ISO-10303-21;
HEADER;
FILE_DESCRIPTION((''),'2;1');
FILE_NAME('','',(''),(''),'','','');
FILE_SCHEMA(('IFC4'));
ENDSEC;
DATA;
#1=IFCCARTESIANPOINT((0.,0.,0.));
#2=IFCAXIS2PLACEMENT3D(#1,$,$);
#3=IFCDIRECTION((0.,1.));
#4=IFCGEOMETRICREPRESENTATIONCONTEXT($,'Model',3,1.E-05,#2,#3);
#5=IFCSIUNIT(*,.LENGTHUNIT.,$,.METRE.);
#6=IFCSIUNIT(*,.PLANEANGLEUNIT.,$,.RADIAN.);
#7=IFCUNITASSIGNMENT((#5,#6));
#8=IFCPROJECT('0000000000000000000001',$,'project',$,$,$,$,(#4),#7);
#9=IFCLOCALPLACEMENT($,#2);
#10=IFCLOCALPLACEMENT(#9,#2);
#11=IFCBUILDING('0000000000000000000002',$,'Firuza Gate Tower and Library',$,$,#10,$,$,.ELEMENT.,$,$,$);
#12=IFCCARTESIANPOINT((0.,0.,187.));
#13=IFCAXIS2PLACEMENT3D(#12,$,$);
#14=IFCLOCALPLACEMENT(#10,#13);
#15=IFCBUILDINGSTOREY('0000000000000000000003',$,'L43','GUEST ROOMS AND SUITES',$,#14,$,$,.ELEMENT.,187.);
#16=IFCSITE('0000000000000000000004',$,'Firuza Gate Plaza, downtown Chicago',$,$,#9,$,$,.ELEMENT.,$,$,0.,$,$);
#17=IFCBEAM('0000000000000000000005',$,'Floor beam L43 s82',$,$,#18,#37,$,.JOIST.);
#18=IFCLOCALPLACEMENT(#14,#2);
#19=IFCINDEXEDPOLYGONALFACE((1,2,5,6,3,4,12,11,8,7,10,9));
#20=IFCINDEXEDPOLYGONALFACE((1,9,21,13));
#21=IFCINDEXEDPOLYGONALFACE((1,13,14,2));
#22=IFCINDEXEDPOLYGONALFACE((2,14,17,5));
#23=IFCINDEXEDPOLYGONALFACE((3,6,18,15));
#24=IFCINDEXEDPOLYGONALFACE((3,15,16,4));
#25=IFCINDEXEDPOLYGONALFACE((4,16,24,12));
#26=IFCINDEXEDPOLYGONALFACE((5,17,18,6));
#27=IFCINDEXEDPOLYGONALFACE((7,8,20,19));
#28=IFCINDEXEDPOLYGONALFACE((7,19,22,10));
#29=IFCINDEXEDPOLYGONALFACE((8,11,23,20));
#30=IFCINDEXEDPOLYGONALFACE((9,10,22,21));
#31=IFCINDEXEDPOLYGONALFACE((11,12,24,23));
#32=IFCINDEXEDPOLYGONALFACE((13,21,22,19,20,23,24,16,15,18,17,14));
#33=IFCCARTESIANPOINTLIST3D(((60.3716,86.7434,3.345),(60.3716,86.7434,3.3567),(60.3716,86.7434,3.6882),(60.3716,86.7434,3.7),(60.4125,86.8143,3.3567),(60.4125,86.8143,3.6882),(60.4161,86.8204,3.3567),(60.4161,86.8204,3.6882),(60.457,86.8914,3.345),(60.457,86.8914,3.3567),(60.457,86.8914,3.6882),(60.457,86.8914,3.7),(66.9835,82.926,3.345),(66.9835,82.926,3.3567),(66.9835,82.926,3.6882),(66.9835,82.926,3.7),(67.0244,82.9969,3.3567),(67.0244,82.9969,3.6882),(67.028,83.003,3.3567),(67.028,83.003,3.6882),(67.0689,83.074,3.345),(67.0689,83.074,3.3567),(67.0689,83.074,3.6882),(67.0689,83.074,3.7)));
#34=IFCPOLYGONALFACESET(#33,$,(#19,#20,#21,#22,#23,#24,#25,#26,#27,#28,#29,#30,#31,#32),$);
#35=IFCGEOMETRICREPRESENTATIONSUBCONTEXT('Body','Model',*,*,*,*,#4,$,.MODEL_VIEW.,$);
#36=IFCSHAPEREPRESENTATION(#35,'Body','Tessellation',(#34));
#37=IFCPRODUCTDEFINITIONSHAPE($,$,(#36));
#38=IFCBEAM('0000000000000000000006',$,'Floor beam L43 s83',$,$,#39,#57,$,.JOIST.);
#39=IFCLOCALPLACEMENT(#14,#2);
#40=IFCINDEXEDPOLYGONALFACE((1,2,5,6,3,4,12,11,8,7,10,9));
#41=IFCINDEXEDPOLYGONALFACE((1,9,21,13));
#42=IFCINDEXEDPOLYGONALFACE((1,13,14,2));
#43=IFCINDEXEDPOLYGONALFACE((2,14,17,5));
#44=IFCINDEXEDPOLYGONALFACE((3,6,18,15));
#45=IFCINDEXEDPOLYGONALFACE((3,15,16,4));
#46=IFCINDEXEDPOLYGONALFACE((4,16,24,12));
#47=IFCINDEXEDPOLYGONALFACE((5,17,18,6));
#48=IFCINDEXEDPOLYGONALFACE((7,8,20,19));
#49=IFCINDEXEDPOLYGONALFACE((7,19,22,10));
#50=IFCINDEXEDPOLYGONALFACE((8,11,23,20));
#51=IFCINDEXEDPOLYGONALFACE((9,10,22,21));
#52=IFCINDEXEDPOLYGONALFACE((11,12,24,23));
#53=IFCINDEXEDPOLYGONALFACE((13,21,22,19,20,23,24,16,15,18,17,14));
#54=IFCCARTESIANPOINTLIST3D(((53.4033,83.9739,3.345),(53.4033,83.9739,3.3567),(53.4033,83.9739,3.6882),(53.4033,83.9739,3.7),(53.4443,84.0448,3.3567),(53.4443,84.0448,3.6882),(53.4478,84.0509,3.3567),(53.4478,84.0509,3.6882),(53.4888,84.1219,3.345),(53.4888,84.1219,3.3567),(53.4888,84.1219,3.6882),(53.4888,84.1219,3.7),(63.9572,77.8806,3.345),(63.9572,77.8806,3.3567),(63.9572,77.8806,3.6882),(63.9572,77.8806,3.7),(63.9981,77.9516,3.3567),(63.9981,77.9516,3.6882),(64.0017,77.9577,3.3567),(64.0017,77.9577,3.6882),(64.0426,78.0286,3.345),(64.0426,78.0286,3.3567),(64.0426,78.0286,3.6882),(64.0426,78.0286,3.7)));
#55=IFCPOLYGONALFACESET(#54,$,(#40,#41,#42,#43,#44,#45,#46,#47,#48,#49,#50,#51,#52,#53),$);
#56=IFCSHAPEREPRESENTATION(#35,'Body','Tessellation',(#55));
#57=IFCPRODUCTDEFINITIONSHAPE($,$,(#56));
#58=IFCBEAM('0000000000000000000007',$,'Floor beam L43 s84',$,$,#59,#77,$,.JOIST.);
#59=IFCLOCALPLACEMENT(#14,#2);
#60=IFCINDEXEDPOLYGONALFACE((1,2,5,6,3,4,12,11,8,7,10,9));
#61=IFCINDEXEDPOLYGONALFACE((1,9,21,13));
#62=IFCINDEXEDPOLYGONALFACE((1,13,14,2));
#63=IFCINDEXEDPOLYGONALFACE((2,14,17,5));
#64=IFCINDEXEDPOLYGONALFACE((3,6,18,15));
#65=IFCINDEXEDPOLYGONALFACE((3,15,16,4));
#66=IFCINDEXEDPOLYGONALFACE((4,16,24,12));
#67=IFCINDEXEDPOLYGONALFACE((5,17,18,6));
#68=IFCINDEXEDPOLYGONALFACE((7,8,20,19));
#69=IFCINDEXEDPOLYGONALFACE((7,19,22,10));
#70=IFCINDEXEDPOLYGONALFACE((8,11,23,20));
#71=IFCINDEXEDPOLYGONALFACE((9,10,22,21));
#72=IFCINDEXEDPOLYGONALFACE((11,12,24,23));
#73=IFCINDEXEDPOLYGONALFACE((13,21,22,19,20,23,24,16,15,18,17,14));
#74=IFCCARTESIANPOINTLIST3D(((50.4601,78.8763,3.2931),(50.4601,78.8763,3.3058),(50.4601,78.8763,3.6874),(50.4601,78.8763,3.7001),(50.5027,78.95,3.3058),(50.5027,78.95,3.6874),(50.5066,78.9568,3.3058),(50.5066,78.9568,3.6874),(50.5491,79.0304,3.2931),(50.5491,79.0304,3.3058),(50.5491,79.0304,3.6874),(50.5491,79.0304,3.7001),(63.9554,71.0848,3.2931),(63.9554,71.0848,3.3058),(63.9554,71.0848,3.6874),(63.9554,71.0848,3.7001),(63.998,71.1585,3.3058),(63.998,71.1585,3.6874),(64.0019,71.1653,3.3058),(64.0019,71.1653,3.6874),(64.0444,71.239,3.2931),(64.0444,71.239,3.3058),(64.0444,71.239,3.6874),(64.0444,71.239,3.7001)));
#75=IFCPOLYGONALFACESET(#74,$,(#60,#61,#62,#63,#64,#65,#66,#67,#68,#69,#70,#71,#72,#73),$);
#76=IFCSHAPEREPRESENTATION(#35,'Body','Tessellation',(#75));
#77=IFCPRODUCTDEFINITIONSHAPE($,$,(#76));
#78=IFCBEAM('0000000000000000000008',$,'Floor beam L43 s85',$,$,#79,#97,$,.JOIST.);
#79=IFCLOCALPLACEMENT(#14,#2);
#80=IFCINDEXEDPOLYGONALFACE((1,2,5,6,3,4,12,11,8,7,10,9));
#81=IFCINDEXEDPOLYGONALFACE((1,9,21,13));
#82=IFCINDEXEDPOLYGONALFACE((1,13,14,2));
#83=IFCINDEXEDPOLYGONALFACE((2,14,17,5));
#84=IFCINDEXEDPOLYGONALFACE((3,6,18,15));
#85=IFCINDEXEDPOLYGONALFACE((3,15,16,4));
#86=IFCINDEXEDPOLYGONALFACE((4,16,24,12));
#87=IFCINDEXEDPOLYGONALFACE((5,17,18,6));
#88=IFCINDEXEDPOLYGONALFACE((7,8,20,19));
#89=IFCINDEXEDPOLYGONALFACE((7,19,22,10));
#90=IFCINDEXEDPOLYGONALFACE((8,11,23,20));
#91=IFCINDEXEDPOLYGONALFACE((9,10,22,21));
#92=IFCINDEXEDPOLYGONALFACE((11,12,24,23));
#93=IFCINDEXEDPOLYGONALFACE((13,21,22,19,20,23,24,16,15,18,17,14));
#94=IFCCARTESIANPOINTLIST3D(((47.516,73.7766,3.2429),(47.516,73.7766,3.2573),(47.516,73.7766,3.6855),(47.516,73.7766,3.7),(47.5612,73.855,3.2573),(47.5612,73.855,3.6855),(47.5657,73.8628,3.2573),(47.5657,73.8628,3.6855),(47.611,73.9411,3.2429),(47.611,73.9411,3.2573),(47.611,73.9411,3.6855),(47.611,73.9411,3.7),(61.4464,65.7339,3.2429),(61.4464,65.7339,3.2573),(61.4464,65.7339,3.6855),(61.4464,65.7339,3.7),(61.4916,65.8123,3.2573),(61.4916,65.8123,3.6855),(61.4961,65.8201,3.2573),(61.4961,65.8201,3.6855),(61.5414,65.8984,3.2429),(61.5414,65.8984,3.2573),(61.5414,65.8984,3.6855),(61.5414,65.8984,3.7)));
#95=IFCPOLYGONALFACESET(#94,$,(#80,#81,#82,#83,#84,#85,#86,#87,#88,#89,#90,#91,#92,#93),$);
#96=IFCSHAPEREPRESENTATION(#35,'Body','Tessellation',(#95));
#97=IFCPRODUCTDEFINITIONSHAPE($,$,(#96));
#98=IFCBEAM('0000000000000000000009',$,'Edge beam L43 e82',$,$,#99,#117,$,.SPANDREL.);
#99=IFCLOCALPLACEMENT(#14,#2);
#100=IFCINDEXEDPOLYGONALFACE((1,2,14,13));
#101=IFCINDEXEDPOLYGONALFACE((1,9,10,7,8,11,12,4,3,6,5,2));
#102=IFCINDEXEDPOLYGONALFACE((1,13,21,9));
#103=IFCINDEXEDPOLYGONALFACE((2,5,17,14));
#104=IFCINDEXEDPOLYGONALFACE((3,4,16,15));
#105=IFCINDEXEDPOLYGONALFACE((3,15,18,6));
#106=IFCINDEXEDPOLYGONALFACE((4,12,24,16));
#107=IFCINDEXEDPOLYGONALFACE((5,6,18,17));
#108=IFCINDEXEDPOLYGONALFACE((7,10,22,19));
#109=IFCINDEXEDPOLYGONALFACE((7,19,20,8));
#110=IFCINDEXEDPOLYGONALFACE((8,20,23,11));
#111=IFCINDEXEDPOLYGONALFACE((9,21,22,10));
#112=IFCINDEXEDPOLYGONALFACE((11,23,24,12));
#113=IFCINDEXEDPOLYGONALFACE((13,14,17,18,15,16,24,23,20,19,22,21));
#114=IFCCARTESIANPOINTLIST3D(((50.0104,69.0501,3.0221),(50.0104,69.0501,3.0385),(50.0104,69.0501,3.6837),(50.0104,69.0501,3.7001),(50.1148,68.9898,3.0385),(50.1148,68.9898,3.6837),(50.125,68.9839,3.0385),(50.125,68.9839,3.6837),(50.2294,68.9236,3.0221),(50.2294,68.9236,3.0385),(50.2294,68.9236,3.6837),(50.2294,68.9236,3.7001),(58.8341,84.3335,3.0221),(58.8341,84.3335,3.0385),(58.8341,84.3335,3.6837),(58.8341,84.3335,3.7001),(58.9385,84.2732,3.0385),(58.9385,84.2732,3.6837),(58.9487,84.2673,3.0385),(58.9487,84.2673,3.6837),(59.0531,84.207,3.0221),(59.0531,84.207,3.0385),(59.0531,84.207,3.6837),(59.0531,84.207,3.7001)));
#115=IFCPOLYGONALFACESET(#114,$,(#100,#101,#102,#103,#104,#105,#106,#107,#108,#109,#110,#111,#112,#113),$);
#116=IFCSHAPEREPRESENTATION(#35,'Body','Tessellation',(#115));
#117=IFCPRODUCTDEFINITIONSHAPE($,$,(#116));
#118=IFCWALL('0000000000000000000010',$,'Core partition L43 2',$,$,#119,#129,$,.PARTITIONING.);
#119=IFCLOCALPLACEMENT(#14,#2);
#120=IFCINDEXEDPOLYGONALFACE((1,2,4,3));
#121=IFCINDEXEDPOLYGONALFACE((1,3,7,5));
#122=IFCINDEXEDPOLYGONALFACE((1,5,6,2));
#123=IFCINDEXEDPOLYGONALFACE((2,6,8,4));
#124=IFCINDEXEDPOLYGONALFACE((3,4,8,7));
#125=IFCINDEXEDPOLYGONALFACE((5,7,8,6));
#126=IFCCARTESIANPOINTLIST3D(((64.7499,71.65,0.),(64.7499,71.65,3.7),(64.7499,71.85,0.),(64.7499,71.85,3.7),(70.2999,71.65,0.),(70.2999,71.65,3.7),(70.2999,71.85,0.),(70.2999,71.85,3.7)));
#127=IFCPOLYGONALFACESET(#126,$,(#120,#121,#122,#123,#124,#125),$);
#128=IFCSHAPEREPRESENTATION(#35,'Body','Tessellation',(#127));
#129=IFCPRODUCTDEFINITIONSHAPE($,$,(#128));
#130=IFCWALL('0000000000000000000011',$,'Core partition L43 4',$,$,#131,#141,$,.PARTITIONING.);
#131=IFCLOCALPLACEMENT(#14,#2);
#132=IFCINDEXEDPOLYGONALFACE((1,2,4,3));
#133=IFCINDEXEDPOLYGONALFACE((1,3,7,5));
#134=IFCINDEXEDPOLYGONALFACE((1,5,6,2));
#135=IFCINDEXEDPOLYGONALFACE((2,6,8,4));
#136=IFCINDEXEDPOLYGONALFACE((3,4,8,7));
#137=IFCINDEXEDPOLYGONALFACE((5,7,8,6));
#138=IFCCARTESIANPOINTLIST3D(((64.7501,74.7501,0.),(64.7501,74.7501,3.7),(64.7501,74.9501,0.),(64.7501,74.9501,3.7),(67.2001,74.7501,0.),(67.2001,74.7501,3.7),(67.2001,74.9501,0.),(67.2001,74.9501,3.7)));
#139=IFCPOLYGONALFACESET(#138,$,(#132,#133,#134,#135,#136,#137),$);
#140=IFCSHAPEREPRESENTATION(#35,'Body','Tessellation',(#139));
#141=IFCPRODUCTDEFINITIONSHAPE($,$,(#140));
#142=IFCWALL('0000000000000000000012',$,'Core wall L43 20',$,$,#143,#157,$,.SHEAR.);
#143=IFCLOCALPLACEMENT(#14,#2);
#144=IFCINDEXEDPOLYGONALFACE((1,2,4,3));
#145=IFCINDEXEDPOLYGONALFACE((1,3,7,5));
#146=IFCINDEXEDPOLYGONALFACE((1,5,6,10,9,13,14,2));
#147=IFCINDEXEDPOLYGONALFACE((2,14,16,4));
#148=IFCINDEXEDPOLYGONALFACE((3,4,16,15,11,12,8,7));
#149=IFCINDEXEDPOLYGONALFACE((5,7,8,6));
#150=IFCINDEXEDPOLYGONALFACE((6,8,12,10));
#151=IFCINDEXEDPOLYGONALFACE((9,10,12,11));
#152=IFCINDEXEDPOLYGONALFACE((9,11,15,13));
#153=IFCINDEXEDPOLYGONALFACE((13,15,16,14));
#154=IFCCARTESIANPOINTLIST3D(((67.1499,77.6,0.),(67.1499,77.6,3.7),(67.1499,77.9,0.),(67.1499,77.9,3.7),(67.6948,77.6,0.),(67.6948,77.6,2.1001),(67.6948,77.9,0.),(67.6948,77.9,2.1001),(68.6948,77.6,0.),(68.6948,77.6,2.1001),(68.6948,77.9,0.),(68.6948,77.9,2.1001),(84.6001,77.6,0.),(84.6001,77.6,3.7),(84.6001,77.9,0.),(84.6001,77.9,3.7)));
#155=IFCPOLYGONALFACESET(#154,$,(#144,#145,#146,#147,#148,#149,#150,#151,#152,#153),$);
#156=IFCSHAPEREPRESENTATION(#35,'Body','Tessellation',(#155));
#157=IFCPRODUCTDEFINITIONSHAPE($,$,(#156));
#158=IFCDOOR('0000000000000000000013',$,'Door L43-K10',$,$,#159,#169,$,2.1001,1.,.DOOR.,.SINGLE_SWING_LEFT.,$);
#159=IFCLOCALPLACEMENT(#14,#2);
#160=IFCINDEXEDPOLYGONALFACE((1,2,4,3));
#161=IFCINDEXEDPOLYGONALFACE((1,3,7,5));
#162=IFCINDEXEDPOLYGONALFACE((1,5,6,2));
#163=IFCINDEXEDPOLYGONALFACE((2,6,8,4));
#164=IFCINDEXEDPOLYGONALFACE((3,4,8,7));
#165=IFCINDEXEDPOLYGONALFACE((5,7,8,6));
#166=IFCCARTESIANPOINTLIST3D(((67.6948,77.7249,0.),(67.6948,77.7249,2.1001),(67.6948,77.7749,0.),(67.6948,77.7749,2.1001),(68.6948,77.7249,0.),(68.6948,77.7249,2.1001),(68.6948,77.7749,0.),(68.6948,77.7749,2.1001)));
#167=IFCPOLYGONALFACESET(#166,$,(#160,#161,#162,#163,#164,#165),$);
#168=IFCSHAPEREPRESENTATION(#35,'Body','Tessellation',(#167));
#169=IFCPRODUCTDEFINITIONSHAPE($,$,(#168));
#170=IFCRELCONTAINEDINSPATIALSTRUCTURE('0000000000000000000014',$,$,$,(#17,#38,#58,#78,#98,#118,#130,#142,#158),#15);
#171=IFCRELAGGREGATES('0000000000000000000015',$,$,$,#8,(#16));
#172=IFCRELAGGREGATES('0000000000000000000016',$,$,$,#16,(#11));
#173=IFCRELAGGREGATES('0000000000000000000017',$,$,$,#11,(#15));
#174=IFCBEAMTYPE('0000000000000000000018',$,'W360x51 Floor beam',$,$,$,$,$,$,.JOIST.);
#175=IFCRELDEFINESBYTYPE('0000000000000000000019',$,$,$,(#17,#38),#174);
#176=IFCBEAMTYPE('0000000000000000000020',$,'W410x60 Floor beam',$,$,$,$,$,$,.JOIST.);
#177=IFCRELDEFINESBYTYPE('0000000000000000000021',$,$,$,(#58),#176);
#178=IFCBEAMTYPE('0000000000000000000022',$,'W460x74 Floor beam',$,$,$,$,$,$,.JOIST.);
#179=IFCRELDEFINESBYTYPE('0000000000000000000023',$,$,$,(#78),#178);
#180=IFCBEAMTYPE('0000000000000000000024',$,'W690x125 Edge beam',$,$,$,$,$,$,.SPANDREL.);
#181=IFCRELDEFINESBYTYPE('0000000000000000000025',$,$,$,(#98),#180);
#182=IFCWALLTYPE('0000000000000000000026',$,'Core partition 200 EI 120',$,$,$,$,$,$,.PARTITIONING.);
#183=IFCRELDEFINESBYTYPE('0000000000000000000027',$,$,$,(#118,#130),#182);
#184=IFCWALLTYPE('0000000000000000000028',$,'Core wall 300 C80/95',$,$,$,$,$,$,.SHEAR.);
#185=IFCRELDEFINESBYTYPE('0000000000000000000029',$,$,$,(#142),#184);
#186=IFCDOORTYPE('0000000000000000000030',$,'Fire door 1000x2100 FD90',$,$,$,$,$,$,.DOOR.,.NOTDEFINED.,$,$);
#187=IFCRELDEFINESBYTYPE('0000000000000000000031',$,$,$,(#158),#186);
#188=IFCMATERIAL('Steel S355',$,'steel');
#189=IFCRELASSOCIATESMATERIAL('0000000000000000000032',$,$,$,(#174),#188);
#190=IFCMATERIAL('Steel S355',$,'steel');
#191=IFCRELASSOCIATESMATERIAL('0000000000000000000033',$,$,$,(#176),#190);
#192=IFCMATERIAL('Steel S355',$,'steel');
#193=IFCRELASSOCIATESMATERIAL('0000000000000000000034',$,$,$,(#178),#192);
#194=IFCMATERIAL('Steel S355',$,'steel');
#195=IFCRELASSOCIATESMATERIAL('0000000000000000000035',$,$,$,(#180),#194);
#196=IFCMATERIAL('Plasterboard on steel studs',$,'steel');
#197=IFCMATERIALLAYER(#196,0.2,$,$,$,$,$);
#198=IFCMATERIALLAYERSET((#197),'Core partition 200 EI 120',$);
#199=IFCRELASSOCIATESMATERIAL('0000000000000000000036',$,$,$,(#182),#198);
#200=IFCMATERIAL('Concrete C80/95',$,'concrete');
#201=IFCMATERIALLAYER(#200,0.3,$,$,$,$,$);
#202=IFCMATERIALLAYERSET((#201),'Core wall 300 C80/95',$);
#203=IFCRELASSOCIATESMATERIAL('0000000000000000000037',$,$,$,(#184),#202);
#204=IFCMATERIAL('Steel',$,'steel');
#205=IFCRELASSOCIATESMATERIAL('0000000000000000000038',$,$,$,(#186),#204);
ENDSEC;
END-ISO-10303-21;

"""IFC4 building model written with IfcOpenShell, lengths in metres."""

from ifc_helpers import new_model, si_unit, direction, frame, frame_2d, origin, origin_2d, place, context, subcontext, project, spatial, rectangle, i_section, extrude, material, layer, layer_set, material_profile, profile_set, type_object, element, fill, save


model = new_model("IFC4")

# Units and contexts
model_context = context("Model", 3, precision=1e-05, world=origin(), true_north=direction((0.0, 1.0)))
body_context = subcontext(model_context, "Body", "Model", "MODEL_VIEW")
ifc_project = project(units=[si_unit("LENGTHUNIT", "METRE"), si_unit("PLANEANGLEUNIT", "RADIAN")], contexts=[model_context])

# Site, building, storey
site_placement = place(None, origin())
site = spatial("IfcSite", under=ifc_project, at=site_placement, Name="Firuza Gate Plaza, downtown Chicago", CompositionType="ELEMENT", RefElevation=0.0)
building_placement = place(site_placement, origin())
building = spatial("IfcBuilding", under=site, at=building_placement, Name="Firuza Gate Tower and Library", CompositionType="ELEMENT")
storey_placement = place(building_placement, frame((0.0, 0.0, 187.0)))
storey = spatial("IfcBuildingStorey", under=building, at=storey_placement, Name="L43", Description="GUEST ROOMS AND SUITES", CompositionType="ELEMENT", Elevation=187.0)

# Beams
ifc_material_1 = material(Name="Steel S355", Category="steel")
ifc_material_profile_1 = material_profile(ifc_material_1, i_section(OverallWidth=0.1709, OverallDepth=0.355, WebThickness=0.0071, FlangeThickness=0.0117, at=origin_2d()))
ifc_profile_set_1 = profile_set([ifc_material_profile_1], Name="Steel S355")
beam_type_1 = type_object("IfcBeamType", Name="W360x51 Floor beam", PredefinedType="JOIST", material=ifc_profile_set_1)
beam_1_placement = place(storey_placement, frame((60.4143, 86.8174, 3.5225), z_axis=(0.866023, -0.500005, 0.0), x_axis=(0.500005, 0.866023, 0.0)))
element("IfcBeam", 1, at=beam_1_placement, inside=storey, type_object=beam_type_1, Name="Floor beam L43 s82", PredefinedType="JOIST", context=body_context, shape_type="SweptSolid", body=[
    extrude(i_section(OverallWidth=0.1709, OverallDepth=0.355, WebThickness=0.0071, FlangeThickness=0.0117, at=origin_2d()), origin(), (0.0, 0.0, 1.0), 7.6348),
])
beam_2_placement = place(storey_placement, frame((53.446, 84.0479, 3.5225), z_axis=(0.866028, -0.499996, 0.0), x_axis=(0.499996, 0.866028, 0.0)))
element("IfcBeam", 2, at=beam_2_placement, inside=storey, type_object=beam_type_1, Name="Floor beam L43 s83", PredefinedType="JOIST", context=body_context, shape_type="SweptSolid", body=[
    extrude(i_section(OverallWidth=0.1709, OverallDepth=0.355, WebThickness=0.0071, FlangeThickness=0.0117, at=origin_2d()), origin(), (0.0, 0.0, 1.0), 12.1865),
])
ifc_material_2 = material(Name="Steel S355", Category="steel")
ifc_material_profile_2 = material_profile(ifc_material_2, i_section(OverallWidth=0.178, OverallDepth=0.407, WebThickness=0.0078, FlangeThickness=0.0127, at=origin_2d()))
ifc_profile_set_2 = profile_set([ifc_material_profile_2], Name="Steel S355")
beam_type_2 = type_object("IfcBeamType", Name="W410x60 Floor beam", PredefinedType="JOIST", material=ifc_profile_set_2)
beam_3_placement = place(storey_placement, frame((50.5046, 78.9534, 3.4966), z_axis=(0.866027, -0.499998, 0.0), x_axis=(0.499998, 0.866027, 0.0)))
element("IfcBeam", 3, at=beam_3_placement, inside=storey, type_object=beam_type_2, Name="Floor beam L43 s84", PredefinedType="JOIST", context=body_context, shape_type="SweptSolid", body=[
    extrude(i_section(OverallWidth=0.178, OverallDepth=0.407, WebThickness=0.0078, FlangeThickness=0.0127, at=origin_2d()), origin(), (0.0, 0.0, 1.0), 15.583),
])
ifc_material_3 = material(Name="Steel S355", Category="steel")
ifc_material_profile_3 = material_profile(ifc_material_3, i_section(OverallWidth=0.1899, OverallDepth=0.457, WebThickness=0.009, FlangeThickness=0.0144, at=origin_2d()))
ifc_profile_set_3 = profile_set([ifc_material_profile_3], Name="Steel S355")
beam_type_3 = type_object("IfcBeamType", Name="W460x74 Floor beam", PredefinedType="JOIST", material=ifc_profile_set_3)
beam_4_placement = place(storey_placement, frame((47.5635, 73.8589, 3.4714), z_axis=(0.866026, -0.5, 0.0), x_axis=(0.5, 0.866026, 0.0)))
element("IfcBeam", 4, at=beam_4_placement, inside=storey, type_object=beam_type_3, Name="Floor beam L43 s85", PredefinedType="JOIST", context=body_context, shape_type="SweptSolid", body=[
    extrude(i_section(OverallWidth=0.1899, OverallDepth=0.457, WebThickness=0.009, FlangeThickness=0.0144, at=origin_2d()), origin(), (0.0, 0.0, 1.0), 16.0854),
])
ifc_material_4 = material(Name="Steel S355", Category="steel")
ifc_material_profile_4 = material_profile(ifc_material_4, i_section(OverallWidth=0.2529, OverallDepth=0.678, WebThickness=0.0117, FlangeThickness=0.0164, at=origin_2d()))
ifc_profile_set_4 = profile_set([ifc_material_profile_4], Name="Steel S355")
beam_type_4 = type_object("IfcBeamType", Name="W690x125 Edge beam", PredefinedType="SPANDREL", material=ifc_profile_set_4)
beam_5_placement = place(storey_placement, frame((58.9436, 84.2703, 3.3611), z_axis=(-0.499993, -0.86603, 0.0), x_axis=(0.86603, -0.499993, 0.0)))
element("IfcBeam", 5, at=beam_5_placement, inside=storey, type_object=beam_type_4, Name="Edge beam L43 e82", PredefinedType="SPANDREL", context=body_context, shape_type="SweptSolid", body=[
    extrude(i_section(OverallWidth=0.2529, OverallDepth=0.678, WebThickness=0.0117, FlangeThickness=0.0164, at=origin_2d()), origin(), (0.0, 0.0, 1.0), 17.6477),
])

# Walls
ifc_material_5 = material(Name="Plasterboard on steel studs", Category="steel")
ifc_layer_1 = layer(ifc_material_5, 0.2)
ifc_layer_set_1 = layer_set([ifc_layer_1], Name="Core partition 200 EI 120")
wall_type_1 = type_object("IfcWallType", Name="Core partition 200 EI 120", PredefinedType="PARTITIONING", material=ifc_layer_set_1)
wall_1_placement = place(storey_placement, frame((64.75, 71.75, 0.0), z_axis=(0.0, 0.0, 1.0), x_axis=(1.0, 0.0, 0.0)))
element("IfcWall", 6, at=wall_1_placement, inside=storey, type_object=wall_type_1, Name="Core partition L43 2", PredefinedType="PARTITIONING", context=body_context, shape_type="SweptSolid", body=[
    extrude(rectangle(XDim=5.55, YDim=0.2, at=frame_2d((2.7749, 0.0))), origin(), (0.0, 0.0, 1.0), 3.7),
])
wall_2_placement = place(storey_placement, frame((64.75, 74.8501, 0.0), z_axis=(0.0, 0.0, 1.0), x_axis=(1.0, 0.0, 0.0)))
element("IfcWall", 7, at=wall_2_placement, inside=storey, type_object=wall_type_1, Name="Core partition L43 4", PredefinedType="PARTITIONING", context=body_context, shape_type="SweptSolid", body=[
    extrude(rectangle(XDim=2.45, YDim=0.2, at=frame_2d((1.2251, 0.0))), origin(), (0.0, 0.0, 1.0), 3.7),
])

# Wall, opening, door
ifc_material_6 = material(Name="Concrete C80/95", Category="concrete")
ifc_layer_2 = layer(ifc_material_6, 0.3)
ifc_layer_set_2 = layer_set([ifc_layer_2], Name="Core wall 300 C80/95")
wall_type_2 = type_object("IfcWallType", Name="Core wall 300 C80/95", PredefinedType="SHEAR", material=ifc_layer_set_2)
wall_3_placement = place(storey_placement, frame((67.1499, 77.75, 0.0), z_axis=(0.0, 0.0, 1.0), x_axis=(1.0, 0.0, 0.0)))
wall_3 = element("IfcWall", 8, at=wall_3_placement, inside=storey, type_object=wall_type_2, Name="Core wall L43 20", PredefinedType="SHEAR", context=body_context, shape_type="SweptSolid", body=[
    extrude(rectangle(XDim=17.4502, YDim=0.3, at=frame_2d((8.7251, 0.0))), origin(), (0.0, 0.0, 1.0), 3.7),
])
opening_1_placement = place(wall_3_placement, frame((0.5449, 0.0, 0.0)))
opening_1 = element("IfcOpeningElement", 9, at=opening_1_placement, cuts=wall_3, PredefinedType="OPENING", context=body_context, shape_type="SweptSolid", body=[
    extrude(rectangle(XDim=1.0, YDim=2.1001, at=frame_2d((0.5, 1.05))), frame((0.0, 0.1602, 0.0), z_axis=(0.0, -1.0, 0.0), x_axis=(1.0, 0.0, 0.0)), (0.0, 0.0, 1.0), 0.3201),
])
ifc_material_7 = material(Name="Steel", Category="steel")
door_type_1 = type_object("IfcDoorType", Name="Fire door 1000x2100 FD90", OperationType="NOTDEFINED", PredefinedType="DOOR", material=ifc_material_7)
door_1_placement = place(opening_1_placement, origin())
door_1 = element("IfcDoor", 10, at=door_1_placement, inside=storey, type_object=door_type_1, Name="Door L43-K10", OperationType="SINGLE_SWING_LEFT", OverallHeight=2.1001, OverallWidth=1.0, PredefinedType="DOOR", context=body_context, shape_type="SweptSolid", body=[
    extrude(rectangle(XDim=1.0, YDim=2.1001, at=frame_2d((0.5, 1.05))), frame((0.0, 0.0249, 0.0), z_axis=(0.0, -1.0, 0.0), x_axis=(1.0, 0.0, 0.0)), (0.0, 0.0, 1.0), 0.05),
])
fill(opening_1, door_1)

save(model, "model.ifc")
